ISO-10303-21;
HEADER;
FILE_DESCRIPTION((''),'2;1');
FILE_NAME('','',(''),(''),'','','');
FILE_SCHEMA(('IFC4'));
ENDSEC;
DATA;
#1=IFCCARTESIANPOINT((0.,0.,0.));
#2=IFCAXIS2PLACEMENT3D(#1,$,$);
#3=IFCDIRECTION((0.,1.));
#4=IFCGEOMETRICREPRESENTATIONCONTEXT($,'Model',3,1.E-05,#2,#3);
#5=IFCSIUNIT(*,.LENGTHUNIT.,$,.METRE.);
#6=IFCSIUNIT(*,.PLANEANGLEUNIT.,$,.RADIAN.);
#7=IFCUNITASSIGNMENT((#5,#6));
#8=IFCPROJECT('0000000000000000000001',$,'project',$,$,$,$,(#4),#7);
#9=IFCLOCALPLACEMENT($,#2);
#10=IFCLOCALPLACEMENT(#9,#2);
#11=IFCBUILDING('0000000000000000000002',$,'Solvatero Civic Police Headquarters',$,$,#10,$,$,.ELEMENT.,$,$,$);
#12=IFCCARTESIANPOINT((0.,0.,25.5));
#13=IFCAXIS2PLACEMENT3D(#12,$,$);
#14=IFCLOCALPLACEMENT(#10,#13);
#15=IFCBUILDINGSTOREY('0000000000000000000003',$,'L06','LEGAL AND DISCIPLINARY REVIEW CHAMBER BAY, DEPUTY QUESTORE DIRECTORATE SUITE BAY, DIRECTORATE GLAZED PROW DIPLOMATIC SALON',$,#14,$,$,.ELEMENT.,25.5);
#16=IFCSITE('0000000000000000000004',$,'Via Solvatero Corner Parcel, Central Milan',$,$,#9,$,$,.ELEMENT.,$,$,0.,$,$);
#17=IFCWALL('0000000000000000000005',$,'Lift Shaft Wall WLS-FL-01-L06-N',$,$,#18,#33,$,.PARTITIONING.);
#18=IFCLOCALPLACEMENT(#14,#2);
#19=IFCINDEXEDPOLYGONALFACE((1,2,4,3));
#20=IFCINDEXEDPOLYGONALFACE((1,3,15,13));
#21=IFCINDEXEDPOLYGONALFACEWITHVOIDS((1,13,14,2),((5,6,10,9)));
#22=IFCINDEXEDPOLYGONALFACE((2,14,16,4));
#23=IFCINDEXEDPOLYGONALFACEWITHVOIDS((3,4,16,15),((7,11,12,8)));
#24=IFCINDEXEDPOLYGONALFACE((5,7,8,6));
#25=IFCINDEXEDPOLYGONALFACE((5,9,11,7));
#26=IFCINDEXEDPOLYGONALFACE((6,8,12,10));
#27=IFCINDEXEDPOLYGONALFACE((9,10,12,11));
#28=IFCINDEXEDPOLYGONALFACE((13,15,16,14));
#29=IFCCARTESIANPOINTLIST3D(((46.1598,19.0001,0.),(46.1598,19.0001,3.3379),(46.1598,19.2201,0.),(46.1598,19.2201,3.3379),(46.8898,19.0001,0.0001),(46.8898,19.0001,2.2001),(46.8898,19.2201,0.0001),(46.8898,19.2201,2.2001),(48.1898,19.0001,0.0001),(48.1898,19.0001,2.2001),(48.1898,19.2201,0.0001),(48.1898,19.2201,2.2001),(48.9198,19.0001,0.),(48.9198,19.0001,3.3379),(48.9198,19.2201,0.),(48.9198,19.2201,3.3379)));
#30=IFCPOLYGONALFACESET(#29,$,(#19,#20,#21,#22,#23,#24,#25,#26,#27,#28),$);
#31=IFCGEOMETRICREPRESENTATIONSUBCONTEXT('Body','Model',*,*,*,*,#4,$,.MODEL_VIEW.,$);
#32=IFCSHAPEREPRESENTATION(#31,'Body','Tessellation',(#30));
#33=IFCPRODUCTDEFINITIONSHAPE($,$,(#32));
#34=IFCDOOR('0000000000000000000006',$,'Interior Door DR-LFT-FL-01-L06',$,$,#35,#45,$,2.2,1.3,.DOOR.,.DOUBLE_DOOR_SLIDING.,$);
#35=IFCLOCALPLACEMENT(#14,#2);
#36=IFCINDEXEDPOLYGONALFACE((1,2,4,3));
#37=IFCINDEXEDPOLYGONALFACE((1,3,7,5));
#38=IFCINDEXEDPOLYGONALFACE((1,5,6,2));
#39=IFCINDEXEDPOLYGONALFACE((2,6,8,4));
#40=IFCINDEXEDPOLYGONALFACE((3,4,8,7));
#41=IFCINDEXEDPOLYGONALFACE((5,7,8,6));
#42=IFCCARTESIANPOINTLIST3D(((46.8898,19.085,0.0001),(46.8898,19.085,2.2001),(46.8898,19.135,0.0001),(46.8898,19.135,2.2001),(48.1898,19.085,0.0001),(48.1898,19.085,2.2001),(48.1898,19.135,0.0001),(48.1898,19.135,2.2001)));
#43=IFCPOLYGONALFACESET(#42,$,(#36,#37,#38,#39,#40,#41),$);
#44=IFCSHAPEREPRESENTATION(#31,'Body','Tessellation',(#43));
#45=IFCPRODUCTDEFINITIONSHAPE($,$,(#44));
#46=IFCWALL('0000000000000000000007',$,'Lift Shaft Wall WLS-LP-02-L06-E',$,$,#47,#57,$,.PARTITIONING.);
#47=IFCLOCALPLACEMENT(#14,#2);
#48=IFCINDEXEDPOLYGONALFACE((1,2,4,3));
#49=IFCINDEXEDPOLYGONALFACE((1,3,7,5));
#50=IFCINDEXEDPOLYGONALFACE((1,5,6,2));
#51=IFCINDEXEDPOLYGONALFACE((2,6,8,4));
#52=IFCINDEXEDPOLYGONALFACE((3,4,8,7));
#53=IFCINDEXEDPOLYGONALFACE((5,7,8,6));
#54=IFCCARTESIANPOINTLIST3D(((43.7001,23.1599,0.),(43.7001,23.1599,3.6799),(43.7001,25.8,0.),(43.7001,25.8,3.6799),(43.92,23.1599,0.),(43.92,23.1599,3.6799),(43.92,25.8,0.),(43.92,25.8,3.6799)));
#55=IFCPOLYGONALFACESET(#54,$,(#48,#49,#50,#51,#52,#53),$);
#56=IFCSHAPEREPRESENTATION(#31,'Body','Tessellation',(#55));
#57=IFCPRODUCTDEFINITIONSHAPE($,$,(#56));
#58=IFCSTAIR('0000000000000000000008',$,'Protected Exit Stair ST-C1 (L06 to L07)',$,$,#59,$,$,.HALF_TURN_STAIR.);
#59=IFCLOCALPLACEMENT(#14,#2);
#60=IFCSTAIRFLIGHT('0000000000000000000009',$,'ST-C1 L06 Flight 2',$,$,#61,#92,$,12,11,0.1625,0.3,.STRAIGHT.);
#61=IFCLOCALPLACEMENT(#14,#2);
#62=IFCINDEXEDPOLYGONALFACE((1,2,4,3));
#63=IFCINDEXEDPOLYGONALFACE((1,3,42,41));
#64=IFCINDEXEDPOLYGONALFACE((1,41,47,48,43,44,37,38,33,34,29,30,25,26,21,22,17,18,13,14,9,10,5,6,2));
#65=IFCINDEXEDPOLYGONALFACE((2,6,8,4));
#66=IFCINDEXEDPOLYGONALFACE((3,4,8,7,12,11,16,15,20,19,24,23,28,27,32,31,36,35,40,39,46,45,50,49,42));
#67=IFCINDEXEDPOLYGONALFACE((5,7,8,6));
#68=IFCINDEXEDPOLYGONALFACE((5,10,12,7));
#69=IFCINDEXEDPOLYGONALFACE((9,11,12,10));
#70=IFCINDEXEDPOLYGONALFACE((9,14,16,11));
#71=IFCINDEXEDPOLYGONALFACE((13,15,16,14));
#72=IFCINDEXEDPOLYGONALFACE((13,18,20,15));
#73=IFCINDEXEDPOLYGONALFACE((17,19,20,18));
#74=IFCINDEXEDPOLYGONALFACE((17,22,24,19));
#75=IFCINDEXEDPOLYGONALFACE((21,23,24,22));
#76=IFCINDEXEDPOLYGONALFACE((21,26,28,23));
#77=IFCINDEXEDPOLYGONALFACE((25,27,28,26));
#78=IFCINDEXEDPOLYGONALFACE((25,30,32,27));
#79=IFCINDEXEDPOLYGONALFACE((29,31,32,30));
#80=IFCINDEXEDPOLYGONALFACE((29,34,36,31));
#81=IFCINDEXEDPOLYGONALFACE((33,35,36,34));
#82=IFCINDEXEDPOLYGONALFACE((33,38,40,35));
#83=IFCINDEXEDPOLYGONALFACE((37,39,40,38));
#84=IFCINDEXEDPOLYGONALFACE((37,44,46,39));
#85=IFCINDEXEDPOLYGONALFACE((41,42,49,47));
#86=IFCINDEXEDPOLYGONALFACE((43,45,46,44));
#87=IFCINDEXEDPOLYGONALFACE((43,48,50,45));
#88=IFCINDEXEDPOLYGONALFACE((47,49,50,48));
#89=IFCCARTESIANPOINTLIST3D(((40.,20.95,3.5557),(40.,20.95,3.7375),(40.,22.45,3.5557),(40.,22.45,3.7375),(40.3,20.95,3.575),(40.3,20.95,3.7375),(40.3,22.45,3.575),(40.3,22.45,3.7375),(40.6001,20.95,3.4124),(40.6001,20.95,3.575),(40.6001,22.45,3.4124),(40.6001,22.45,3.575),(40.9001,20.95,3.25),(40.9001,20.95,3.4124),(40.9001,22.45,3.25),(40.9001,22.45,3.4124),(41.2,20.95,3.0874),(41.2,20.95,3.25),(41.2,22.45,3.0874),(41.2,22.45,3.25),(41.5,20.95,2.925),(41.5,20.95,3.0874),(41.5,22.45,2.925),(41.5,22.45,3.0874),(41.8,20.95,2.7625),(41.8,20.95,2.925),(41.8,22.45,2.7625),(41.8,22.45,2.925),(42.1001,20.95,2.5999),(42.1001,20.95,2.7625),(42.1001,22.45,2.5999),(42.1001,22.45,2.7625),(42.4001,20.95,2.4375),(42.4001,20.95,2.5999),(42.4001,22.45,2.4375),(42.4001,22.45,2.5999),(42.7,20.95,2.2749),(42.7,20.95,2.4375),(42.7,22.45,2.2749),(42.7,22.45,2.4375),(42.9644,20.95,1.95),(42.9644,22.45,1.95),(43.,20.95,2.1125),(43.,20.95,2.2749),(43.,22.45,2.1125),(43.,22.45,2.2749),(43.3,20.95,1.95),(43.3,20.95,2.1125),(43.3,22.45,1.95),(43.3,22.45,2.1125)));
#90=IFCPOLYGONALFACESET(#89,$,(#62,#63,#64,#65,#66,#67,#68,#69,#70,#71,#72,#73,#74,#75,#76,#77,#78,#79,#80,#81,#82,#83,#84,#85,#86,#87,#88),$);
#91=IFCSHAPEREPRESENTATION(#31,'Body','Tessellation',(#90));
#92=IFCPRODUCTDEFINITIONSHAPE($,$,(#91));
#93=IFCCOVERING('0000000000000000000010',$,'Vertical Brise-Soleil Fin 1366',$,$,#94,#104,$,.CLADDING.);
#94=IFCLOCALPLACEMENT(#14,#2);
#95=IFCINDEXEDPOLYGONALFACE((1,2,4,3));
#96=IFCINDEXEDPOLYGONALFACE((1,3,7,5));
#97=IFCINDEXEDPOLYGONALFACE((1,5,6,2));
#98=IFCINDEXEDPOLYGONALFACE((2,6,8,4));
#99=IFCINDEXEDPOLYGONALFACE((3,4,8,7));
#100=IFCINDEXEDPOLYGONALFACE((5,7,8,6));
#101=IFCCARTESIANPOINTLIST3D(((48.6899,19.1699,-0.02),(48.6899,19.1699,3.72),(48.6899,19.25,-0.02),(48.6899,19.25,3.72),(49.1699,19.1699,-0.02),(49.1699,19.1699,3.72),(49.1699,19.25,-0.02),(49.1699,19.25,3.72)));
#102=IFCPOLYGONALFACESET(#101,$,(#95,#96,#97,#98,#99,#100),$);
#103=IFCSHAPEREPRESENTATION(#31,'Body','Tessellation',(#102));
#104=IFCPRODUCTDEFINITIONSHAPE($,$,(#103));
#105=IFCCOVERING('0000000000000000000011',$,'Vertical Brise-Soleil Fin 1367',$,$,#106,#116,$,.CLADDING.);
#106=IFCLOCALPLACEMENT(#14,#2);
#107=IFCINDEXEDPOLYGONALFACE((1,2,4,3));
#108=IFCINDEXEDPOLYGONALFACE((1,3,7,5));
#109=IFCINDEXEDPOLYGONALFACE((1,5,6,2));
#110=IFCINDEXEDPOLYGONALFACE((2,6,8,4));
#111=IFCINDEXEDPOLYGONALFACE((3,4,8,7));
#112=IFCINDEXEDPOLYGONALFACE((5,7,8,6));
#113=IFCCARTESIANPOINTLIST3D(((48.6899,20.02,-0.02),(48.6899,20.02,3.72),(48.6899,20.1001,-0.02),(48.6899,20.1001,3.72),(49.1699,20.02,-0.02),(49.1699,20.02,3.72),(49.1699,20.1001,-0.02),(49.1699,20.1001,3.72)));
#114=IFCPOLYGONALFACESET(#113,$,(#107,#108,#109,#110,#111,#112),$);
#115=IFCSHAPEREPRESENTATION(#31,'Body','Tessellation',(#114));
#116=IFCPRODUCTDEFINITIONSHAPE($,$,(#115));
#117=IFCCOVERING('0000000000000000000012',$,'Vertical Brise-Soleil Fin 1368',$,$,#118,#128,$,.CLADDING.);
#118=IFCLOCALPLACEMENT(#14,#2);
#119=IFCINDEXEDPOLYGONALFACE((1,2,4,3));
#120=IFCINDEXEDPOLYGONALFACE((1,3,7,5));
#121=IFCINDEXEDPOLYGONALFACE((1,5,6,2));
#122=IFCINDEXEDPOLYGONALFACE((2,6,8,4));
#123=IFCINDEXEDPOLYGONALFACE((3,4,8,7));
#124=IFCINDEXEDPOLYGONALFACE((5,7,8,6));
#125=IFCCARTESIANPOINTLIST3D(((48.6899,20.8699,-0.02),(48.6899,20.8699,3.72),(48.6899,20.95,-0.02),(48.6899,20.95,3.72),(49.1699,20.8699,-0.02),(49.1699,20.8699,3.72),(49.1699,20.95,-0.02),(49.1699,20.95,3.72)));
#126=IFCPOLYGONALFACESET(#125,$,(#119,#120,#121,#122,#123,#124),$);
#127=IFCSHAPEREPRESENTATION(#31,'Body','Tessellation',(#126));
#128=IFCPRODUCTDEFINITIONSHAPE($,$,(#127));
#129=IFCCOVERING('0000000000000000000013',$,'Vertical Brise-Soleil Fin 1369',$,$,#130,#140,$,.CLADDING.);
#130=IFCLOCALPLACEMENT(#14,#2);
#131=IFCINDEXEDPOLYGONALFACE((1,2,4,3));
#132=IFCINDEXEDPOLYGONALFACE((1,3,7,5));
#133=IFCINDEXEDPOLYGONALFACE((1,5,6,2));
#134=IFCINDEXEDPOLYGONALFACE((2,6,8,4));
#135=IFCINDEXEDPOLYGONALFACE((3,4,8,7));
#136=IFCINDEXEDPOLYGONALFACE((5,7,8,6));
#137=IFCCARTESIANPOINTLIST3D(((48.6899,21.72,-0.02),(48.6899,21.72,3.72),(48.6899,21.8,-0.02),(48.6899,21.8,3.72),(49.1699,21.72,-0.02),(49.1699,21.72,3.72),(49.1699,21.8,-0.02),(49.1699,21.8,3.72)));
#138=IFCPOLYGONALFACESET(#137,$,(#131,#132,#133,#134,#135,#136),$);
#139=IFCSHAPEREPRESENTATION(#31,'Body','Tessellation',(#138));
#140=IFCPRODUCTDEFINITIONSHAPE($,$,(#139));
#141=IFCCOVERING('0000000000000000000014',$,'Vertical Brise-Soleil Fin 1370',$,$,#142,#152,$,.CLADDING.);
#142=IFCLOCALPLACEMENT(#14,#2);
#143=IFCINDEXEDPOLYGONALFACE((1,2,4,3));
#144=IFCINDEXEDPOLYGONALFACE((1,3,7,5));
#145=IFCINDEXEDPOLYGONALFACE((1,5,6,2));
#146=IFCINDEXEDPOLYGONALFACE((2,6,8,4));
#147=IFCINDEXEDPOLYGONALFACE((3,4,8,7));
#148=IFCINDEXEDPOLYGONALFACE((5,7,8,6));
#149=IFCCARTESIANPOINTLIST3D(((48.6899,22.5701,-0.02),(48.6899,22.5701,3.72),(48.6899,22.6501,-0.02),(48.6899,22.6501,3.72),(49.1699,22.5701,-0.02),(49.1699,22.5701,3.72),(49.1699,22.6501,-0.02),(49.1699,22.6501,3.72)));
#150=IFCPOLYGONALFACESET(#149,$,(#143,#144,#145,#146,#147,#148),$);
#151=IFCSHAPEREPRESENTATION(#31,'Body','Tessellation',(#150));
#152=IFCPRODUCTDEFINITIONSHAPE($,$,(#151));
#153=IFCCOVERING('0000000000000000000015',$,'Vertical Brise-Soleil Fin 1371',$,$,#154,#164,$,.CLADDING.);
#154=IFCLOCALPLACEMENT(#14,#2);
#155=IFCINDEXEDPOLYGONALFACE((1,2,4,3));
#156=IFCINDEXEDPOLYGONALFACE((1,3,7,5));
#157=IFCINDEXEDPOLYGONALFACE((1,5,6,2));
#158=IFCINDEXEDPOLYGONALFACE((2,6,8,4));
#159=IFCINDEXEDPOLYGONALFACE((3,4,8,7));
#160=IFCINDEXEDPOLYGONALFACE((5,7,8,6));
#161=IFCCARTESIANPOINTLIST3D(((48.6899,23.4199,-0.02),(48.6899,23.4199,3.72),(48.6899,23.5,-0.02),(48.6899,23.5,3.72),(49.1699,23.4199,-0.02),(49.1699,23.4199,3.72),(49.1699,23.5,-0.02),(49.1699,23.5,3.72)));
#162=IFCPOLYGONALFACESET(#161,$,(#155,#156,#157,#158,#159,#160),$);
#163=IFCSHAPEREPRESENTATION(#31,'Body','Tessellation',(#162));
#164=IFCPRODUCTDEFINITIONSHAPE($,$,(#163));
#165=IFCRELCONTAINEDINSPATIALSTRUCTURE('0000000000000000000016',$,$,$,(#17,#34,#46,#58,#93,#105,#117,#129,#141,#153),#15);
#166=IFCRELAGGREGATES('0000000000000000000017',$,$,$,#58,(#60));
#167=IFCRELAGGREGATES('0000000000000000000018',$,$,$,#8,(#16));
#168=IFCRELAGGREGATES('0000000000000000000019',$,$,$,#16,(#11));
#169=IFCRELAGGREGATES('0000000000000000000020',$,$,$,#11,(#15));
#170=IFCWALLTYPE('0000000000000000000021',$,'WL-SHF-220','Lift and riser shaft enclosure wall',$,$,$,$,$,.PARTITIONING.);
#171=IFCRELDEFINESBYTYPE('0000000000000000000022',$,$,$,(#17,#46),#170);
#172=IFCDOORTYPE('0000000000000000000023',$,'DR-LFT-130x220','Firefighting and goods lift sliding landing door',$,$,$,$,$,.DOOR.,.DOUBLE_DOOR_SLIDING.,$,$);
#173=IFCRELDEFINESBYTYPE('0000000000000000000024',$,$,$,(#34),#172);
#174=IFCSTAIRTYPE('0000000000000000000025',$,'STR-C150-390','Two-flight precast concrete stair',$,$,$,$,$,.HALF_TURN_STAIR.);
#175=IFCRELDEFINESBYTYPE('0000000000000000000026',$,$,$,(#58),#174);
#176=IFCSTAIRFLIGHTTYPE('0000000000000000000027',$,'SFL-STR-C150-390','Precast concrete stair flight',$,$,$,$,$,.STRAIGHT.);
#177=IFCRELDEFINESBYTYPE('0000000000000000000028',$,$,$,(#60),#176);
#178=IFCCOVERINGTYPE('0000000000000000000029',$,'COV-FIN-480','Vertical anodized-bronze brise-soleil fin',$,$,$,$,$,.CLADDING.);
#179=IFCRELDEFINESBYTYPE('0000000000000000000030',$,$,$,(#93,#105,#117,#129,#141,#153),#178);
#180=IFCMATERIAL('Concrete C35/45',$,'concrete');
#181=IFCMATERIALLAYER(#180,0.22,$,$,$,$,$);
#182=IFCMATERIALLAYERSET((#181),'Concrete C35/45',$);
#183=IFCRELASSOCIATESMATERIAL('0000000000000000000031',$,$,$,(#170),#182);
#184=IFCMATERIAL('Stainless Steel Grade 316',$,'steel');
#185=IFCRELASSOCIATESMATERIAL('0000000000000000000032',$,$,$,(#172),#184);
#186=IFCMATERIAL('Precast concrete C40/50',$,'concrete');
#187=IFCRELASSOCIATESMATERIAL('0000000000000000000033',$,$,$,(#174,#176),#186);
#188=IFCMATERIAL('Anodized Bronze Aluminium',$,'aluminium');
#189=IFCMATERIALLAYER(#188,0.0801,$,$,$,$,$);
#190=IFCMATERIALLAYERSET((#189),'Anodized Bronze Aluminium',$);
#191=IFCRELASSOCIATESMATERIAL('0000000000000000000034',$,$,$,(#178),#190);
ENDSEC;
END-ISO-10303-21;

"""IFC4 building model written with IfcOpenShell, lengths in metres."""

from ifc_helpers import new_model, si_unit, direction, frame, frame_2d, origin, origin_2d, place, context, subcontext, project, spatial, polyline, rectangle, outline, extrude, material, layer, layer_set, type_object, element, fill, aggregate, save


model = new_model("IFC4")

# Units and contexts
model_context = context("Model", 3, precision=1e-05, world=origin(), true_north=direction((0.0, 1.0)))
body_context = subcontext(model_context, "Body", "Model", "MODEL_VIEW")
ifc_project = project(units=[si_unit("LENGTHUNIT", "METRE"), si_unit("PLANEANGLEUNIT", "RADIAN")], contexts=[model_context])

# Site, building, storey
site_placement = place(None, origin())
site = spatial("IfcSite", under=ifc_project, at=site_placement, Name="Via Solvatero Corner Parcel, Central Milan", CompositionType="ELEMENT", RefElevation=0.0)
building_placement = place(site_placement, origin())
building = spatial("IfcBuilding", under=site, at=building_placement, Name="Solvatero Civic Police Headquarters", CompositionType="ELEMENT")
storey_placement = place(building_placement, frame((0.0, 0.0, 25.5)))
storey = spatial("IfcBuildingStorey", under=building, at=storey_placement, Name="L06", Description="LEGAL AND DISCIPLINARY REVIEW CHAMBER BAY, DEPUTY QUESTORE DIRECTORATE SUITE BAY, DIRECTORATE GLAZED PROW DIPLOMATIC SALON", CompositionType="ELEMENT", Elevation=25.5)

# Shared definitions
ifc_material_1 = material(Name="Anodized Bronze Aluminium", Category="aluminium")

# Wall, opening, door
ifc_material_2 = material(Name="Concrete C35/45", Category="concrete")
ifc_layer_1 = layer(ifc_material_2, 0.22)
ifc_layer_set_1 = layer_set([ifc_layer_1], Name="Concrete C35/45")
wall_type_1 = type_object("IfcWallType", Name="WL-SHF-220", Description="Lift and riser shaft enclosure wall", PredefinedType="PARTITIONING", material=ifc_layer_set_1)
wall_1_placement = place(storey_placement, frame((46.1599, 19.1101, 0.0), z_axis=(0.0, 0.0, 1.0), x_axis=(1.0, 0.0, 0.0)))
wall_1 = element("IfcWall", 1, at=wall_1_placement, inside=storey, type_object=wall_type_1, Name="Lift Shaft Wall WLS-FL-01-L06-N", PredefinedType="PARTITIONING", context=body_context, shape_type="SweptSolid", body=[
    extrude(rectangle(XDim=2.76, YDim=0.22, at=frame_2d((1.3799, 0.0))), origin(), (0.0, 0.0, 1.0), 3.3379),
])
opening_1_placement = place(wall_1_placement, frame((0.73, 0.0, 0.0)))
opening_1 = element("IfcOpeningElement", 2, at=opening_1_placement, cuts=wall_1, PredefinedType="OPENING", context=body_context, shape_type="SweptSolid", body=[
    extrude(rectangle(XDim=1.3, YDim=2.2, at=frame_2d((0.6499, 1.1001))), frame((0.0, 0.1199, 0.0), z_axis=(0.0, -1.0, 0.0), x_axis=(1.0, 0.0, 0.0)), (0.0, 0.0, 1.0), 0.24),
])
ifc_material_3 = material(Name="Stainless Steel Grade 316", Category="steel")
door_type_1 = type_object("IfcDoorType", Name="DR-LFT-130x220", Description="Firefighting and goods lift sliding landing door", OperationType="DOUBLE_DOOR_SLIDING", PredefinedType="DOOR", material=ifc_material_3)
door_1_placement = place(opening_1_placement, origin())
door_1 = element("IfcDoor", 3, at=door_1_placement, inside=storey, type_object=door_type_1, Name="Interior Door DR-LFT-FL-01-L06", OperationType="DOUBLE_DOOR_SLIDING", OverallHeight=2.2, OverallWidth=1.3, PredefinedType="DOOR", context=body_context, shape_type="SweptSolid", body=[
    extrude(rectangle(XDim=1.3, YDim=2.2, at=frame_2d((0.6499, 1.1001))), frame((0.0, 0.0249, 0.0), z_axis=(0.0, -1.0, 0.0), x_axis=(1.0, 0.0, 0.0)), (0.0, 0.0, 1.0), 0.05),
])
fill(opening_1, door_1)

# Wall
wall_2_placement = place(storey_placement, frame((43.8101, 23.1599, 0.0), z_axis=(0.0, 0.0, 1.0), x_axis=(0.0, 1.0, 0.0)))
element("IfcWall", 4, at=wall_2_placement, inside=storey, type_object=wall_type_1, Name="Lift Shaft Wall WLS-LP-02-L06-E", PredefinedType="PARTITIONING", context=body_context, shape_type="SweptSolid", body=[
    extrude(rectangle(XDim=2.6401, YDim=0.22, at=frame_2d((1.3201, 0.0))), origin(), (0.0, 0.0, 1.0), 3.6799),
])

# Stair, stair flight
ifc_material_4 = material(Name="Precast concrete C40/50", Category="concrete")
stair_type = type_object("IfcStairType", Name="STR-C150-390", Description="Two-flight precast concrete stair", PredefinedType="HALF_TURN_STAIR", material=ifc_material_4)
stair_placement = place(storey_placement, origin())
stair = element("IfcStair", 5, at=stair_placement, inside=storey, type_object=stair_type, Name="Protected Exit Stair ST-C1 (L06 to L07)", PredefinedType="HALF_TURN_STAIR")
stair_flight_type = type_object("IfcStairFlightType", Name="SFL-STR-C150-390", Description="Precast concrete stair flight", PredefinedType="STRAIGHT", material=ifc_material_4)
stair_flight_placement = place(storey_placement, frame((43.3, 21.7, 1.95), z_axis=(0.0, 0.0, 1.0), x_axis=(-1.0, 0.0, 0.0)))
stair_flight = element("IfcStairFlight", 6, at=stair_flight_placement, type_object=stair_flight_type, Name="ST-C1 L06 Flight 2", NumberOfRisers=12, NumberOfTreads=11, PredefinedType="STRAIGHT", RiserHeight=0.1625, TreadLength=0.3, context=body_context, shape_type="SweptSolid", body=[
    extrude(outline(polyline([(0.0, 0.0), (0.0, 0.1626), (0.3, 0.1626), (0.3, 0.325), (0.6001, 0.325), (0.6001, 0.4875), (0.8999, 0.4875), (0.8999, 0.6499), (1.2, 0.6499), (1.2, 0.8125), (1.5, 0.8125), (1.5, 0.9751), (1.8, 0.9751), (1.8, 1.1375), (2.1001, 1.1375), (2.1001, 1.3), (2.3999, 1.3), (2.3999, 1.4624), (2.7, 1.4624), (2.7, 1.625), (3.0, 1.625), (3.0, 1.7876), (3.3, 1.7876), (3.3, 1.95), (3.3, 1.6057), (0.3357, 0.0), (0.0, 0.0)])), frame((0.0, 0.75, 0.0), z_axis=(0.0, -1.0, 0.0), x_axis=(1.0, 0.0, 0.0)), (0.0, 0.0, 1.0), 1.5),
])
aggregate(stair, [stair_flight])

# Coverings
ifc_layer_2 = layer(ifc_material_1, 0.0801)
ifc_layer_set_2 = layer_set([ifc_layer_2], Name="Anodized Bronze Aluminium")
covering_type = type_object("IfcCoveringType", Name="COV-FIN-480", Description="Vertical anodized-bronze brise-soleil fin", PredefinedType="CLADDING", material=ifc_layer_set_2)
for number, where, z_axis, x_axis, name in (
    (7, (48.9299, 19.21, -0.02), (0.0, 0.0, 1.0), (0.0, 1.0, 0.0), "Vertical Brise-Soleil Fin 1366"),
    (8, (48.9299, 20.0601, -0.02), (0.0, 0.0, 1.0), (0.0, 1.0, 0.0), "Vertical Brise-Soleil Fin 1367"),
    (9, (48.9299, 20.9099, -0.02), (0.0, 0.0, 1.0), (0.0, 1.0, 0.0), "Vertical Brise-Soleil Fin 1368"),
    (10, (48.9299, 21.76, -0.02), (0.0, 0.0, 1.0), (0.0, 1.0, 0.0), "Vertical Brise-Soleil Fin 1369"),
    (11, (48.9299, 22.6101, -0.02), (0.0, 0.0, 1.0), (0.0, 1.0, 0.0), "Vertical Brise-Soleil Fin 1370"),
    (12, (48.9299, 23.46, -0.02), (0.0, 0.0, 1.0), (0.0, 1.0, 0.0), "Vertical Brise-Soleil Fin 1371"),
):
    element("IfcCovering", number, at=place(storey_placement, frame(where, z_axis=z_axis, x_axis=x_axis)), inside=storey, type_object=covering_type, Name=name, PredefinedType="CLADDING", context=body_context, shape_type="SweptSolid", body=[
        extrude(rectangle(XDim=0.0801, YDim=0.48, at=origin_2d()), origin(), (0.0, 0.0, 1.0), 3.74),
    ])

save(model, "model.ifc")
